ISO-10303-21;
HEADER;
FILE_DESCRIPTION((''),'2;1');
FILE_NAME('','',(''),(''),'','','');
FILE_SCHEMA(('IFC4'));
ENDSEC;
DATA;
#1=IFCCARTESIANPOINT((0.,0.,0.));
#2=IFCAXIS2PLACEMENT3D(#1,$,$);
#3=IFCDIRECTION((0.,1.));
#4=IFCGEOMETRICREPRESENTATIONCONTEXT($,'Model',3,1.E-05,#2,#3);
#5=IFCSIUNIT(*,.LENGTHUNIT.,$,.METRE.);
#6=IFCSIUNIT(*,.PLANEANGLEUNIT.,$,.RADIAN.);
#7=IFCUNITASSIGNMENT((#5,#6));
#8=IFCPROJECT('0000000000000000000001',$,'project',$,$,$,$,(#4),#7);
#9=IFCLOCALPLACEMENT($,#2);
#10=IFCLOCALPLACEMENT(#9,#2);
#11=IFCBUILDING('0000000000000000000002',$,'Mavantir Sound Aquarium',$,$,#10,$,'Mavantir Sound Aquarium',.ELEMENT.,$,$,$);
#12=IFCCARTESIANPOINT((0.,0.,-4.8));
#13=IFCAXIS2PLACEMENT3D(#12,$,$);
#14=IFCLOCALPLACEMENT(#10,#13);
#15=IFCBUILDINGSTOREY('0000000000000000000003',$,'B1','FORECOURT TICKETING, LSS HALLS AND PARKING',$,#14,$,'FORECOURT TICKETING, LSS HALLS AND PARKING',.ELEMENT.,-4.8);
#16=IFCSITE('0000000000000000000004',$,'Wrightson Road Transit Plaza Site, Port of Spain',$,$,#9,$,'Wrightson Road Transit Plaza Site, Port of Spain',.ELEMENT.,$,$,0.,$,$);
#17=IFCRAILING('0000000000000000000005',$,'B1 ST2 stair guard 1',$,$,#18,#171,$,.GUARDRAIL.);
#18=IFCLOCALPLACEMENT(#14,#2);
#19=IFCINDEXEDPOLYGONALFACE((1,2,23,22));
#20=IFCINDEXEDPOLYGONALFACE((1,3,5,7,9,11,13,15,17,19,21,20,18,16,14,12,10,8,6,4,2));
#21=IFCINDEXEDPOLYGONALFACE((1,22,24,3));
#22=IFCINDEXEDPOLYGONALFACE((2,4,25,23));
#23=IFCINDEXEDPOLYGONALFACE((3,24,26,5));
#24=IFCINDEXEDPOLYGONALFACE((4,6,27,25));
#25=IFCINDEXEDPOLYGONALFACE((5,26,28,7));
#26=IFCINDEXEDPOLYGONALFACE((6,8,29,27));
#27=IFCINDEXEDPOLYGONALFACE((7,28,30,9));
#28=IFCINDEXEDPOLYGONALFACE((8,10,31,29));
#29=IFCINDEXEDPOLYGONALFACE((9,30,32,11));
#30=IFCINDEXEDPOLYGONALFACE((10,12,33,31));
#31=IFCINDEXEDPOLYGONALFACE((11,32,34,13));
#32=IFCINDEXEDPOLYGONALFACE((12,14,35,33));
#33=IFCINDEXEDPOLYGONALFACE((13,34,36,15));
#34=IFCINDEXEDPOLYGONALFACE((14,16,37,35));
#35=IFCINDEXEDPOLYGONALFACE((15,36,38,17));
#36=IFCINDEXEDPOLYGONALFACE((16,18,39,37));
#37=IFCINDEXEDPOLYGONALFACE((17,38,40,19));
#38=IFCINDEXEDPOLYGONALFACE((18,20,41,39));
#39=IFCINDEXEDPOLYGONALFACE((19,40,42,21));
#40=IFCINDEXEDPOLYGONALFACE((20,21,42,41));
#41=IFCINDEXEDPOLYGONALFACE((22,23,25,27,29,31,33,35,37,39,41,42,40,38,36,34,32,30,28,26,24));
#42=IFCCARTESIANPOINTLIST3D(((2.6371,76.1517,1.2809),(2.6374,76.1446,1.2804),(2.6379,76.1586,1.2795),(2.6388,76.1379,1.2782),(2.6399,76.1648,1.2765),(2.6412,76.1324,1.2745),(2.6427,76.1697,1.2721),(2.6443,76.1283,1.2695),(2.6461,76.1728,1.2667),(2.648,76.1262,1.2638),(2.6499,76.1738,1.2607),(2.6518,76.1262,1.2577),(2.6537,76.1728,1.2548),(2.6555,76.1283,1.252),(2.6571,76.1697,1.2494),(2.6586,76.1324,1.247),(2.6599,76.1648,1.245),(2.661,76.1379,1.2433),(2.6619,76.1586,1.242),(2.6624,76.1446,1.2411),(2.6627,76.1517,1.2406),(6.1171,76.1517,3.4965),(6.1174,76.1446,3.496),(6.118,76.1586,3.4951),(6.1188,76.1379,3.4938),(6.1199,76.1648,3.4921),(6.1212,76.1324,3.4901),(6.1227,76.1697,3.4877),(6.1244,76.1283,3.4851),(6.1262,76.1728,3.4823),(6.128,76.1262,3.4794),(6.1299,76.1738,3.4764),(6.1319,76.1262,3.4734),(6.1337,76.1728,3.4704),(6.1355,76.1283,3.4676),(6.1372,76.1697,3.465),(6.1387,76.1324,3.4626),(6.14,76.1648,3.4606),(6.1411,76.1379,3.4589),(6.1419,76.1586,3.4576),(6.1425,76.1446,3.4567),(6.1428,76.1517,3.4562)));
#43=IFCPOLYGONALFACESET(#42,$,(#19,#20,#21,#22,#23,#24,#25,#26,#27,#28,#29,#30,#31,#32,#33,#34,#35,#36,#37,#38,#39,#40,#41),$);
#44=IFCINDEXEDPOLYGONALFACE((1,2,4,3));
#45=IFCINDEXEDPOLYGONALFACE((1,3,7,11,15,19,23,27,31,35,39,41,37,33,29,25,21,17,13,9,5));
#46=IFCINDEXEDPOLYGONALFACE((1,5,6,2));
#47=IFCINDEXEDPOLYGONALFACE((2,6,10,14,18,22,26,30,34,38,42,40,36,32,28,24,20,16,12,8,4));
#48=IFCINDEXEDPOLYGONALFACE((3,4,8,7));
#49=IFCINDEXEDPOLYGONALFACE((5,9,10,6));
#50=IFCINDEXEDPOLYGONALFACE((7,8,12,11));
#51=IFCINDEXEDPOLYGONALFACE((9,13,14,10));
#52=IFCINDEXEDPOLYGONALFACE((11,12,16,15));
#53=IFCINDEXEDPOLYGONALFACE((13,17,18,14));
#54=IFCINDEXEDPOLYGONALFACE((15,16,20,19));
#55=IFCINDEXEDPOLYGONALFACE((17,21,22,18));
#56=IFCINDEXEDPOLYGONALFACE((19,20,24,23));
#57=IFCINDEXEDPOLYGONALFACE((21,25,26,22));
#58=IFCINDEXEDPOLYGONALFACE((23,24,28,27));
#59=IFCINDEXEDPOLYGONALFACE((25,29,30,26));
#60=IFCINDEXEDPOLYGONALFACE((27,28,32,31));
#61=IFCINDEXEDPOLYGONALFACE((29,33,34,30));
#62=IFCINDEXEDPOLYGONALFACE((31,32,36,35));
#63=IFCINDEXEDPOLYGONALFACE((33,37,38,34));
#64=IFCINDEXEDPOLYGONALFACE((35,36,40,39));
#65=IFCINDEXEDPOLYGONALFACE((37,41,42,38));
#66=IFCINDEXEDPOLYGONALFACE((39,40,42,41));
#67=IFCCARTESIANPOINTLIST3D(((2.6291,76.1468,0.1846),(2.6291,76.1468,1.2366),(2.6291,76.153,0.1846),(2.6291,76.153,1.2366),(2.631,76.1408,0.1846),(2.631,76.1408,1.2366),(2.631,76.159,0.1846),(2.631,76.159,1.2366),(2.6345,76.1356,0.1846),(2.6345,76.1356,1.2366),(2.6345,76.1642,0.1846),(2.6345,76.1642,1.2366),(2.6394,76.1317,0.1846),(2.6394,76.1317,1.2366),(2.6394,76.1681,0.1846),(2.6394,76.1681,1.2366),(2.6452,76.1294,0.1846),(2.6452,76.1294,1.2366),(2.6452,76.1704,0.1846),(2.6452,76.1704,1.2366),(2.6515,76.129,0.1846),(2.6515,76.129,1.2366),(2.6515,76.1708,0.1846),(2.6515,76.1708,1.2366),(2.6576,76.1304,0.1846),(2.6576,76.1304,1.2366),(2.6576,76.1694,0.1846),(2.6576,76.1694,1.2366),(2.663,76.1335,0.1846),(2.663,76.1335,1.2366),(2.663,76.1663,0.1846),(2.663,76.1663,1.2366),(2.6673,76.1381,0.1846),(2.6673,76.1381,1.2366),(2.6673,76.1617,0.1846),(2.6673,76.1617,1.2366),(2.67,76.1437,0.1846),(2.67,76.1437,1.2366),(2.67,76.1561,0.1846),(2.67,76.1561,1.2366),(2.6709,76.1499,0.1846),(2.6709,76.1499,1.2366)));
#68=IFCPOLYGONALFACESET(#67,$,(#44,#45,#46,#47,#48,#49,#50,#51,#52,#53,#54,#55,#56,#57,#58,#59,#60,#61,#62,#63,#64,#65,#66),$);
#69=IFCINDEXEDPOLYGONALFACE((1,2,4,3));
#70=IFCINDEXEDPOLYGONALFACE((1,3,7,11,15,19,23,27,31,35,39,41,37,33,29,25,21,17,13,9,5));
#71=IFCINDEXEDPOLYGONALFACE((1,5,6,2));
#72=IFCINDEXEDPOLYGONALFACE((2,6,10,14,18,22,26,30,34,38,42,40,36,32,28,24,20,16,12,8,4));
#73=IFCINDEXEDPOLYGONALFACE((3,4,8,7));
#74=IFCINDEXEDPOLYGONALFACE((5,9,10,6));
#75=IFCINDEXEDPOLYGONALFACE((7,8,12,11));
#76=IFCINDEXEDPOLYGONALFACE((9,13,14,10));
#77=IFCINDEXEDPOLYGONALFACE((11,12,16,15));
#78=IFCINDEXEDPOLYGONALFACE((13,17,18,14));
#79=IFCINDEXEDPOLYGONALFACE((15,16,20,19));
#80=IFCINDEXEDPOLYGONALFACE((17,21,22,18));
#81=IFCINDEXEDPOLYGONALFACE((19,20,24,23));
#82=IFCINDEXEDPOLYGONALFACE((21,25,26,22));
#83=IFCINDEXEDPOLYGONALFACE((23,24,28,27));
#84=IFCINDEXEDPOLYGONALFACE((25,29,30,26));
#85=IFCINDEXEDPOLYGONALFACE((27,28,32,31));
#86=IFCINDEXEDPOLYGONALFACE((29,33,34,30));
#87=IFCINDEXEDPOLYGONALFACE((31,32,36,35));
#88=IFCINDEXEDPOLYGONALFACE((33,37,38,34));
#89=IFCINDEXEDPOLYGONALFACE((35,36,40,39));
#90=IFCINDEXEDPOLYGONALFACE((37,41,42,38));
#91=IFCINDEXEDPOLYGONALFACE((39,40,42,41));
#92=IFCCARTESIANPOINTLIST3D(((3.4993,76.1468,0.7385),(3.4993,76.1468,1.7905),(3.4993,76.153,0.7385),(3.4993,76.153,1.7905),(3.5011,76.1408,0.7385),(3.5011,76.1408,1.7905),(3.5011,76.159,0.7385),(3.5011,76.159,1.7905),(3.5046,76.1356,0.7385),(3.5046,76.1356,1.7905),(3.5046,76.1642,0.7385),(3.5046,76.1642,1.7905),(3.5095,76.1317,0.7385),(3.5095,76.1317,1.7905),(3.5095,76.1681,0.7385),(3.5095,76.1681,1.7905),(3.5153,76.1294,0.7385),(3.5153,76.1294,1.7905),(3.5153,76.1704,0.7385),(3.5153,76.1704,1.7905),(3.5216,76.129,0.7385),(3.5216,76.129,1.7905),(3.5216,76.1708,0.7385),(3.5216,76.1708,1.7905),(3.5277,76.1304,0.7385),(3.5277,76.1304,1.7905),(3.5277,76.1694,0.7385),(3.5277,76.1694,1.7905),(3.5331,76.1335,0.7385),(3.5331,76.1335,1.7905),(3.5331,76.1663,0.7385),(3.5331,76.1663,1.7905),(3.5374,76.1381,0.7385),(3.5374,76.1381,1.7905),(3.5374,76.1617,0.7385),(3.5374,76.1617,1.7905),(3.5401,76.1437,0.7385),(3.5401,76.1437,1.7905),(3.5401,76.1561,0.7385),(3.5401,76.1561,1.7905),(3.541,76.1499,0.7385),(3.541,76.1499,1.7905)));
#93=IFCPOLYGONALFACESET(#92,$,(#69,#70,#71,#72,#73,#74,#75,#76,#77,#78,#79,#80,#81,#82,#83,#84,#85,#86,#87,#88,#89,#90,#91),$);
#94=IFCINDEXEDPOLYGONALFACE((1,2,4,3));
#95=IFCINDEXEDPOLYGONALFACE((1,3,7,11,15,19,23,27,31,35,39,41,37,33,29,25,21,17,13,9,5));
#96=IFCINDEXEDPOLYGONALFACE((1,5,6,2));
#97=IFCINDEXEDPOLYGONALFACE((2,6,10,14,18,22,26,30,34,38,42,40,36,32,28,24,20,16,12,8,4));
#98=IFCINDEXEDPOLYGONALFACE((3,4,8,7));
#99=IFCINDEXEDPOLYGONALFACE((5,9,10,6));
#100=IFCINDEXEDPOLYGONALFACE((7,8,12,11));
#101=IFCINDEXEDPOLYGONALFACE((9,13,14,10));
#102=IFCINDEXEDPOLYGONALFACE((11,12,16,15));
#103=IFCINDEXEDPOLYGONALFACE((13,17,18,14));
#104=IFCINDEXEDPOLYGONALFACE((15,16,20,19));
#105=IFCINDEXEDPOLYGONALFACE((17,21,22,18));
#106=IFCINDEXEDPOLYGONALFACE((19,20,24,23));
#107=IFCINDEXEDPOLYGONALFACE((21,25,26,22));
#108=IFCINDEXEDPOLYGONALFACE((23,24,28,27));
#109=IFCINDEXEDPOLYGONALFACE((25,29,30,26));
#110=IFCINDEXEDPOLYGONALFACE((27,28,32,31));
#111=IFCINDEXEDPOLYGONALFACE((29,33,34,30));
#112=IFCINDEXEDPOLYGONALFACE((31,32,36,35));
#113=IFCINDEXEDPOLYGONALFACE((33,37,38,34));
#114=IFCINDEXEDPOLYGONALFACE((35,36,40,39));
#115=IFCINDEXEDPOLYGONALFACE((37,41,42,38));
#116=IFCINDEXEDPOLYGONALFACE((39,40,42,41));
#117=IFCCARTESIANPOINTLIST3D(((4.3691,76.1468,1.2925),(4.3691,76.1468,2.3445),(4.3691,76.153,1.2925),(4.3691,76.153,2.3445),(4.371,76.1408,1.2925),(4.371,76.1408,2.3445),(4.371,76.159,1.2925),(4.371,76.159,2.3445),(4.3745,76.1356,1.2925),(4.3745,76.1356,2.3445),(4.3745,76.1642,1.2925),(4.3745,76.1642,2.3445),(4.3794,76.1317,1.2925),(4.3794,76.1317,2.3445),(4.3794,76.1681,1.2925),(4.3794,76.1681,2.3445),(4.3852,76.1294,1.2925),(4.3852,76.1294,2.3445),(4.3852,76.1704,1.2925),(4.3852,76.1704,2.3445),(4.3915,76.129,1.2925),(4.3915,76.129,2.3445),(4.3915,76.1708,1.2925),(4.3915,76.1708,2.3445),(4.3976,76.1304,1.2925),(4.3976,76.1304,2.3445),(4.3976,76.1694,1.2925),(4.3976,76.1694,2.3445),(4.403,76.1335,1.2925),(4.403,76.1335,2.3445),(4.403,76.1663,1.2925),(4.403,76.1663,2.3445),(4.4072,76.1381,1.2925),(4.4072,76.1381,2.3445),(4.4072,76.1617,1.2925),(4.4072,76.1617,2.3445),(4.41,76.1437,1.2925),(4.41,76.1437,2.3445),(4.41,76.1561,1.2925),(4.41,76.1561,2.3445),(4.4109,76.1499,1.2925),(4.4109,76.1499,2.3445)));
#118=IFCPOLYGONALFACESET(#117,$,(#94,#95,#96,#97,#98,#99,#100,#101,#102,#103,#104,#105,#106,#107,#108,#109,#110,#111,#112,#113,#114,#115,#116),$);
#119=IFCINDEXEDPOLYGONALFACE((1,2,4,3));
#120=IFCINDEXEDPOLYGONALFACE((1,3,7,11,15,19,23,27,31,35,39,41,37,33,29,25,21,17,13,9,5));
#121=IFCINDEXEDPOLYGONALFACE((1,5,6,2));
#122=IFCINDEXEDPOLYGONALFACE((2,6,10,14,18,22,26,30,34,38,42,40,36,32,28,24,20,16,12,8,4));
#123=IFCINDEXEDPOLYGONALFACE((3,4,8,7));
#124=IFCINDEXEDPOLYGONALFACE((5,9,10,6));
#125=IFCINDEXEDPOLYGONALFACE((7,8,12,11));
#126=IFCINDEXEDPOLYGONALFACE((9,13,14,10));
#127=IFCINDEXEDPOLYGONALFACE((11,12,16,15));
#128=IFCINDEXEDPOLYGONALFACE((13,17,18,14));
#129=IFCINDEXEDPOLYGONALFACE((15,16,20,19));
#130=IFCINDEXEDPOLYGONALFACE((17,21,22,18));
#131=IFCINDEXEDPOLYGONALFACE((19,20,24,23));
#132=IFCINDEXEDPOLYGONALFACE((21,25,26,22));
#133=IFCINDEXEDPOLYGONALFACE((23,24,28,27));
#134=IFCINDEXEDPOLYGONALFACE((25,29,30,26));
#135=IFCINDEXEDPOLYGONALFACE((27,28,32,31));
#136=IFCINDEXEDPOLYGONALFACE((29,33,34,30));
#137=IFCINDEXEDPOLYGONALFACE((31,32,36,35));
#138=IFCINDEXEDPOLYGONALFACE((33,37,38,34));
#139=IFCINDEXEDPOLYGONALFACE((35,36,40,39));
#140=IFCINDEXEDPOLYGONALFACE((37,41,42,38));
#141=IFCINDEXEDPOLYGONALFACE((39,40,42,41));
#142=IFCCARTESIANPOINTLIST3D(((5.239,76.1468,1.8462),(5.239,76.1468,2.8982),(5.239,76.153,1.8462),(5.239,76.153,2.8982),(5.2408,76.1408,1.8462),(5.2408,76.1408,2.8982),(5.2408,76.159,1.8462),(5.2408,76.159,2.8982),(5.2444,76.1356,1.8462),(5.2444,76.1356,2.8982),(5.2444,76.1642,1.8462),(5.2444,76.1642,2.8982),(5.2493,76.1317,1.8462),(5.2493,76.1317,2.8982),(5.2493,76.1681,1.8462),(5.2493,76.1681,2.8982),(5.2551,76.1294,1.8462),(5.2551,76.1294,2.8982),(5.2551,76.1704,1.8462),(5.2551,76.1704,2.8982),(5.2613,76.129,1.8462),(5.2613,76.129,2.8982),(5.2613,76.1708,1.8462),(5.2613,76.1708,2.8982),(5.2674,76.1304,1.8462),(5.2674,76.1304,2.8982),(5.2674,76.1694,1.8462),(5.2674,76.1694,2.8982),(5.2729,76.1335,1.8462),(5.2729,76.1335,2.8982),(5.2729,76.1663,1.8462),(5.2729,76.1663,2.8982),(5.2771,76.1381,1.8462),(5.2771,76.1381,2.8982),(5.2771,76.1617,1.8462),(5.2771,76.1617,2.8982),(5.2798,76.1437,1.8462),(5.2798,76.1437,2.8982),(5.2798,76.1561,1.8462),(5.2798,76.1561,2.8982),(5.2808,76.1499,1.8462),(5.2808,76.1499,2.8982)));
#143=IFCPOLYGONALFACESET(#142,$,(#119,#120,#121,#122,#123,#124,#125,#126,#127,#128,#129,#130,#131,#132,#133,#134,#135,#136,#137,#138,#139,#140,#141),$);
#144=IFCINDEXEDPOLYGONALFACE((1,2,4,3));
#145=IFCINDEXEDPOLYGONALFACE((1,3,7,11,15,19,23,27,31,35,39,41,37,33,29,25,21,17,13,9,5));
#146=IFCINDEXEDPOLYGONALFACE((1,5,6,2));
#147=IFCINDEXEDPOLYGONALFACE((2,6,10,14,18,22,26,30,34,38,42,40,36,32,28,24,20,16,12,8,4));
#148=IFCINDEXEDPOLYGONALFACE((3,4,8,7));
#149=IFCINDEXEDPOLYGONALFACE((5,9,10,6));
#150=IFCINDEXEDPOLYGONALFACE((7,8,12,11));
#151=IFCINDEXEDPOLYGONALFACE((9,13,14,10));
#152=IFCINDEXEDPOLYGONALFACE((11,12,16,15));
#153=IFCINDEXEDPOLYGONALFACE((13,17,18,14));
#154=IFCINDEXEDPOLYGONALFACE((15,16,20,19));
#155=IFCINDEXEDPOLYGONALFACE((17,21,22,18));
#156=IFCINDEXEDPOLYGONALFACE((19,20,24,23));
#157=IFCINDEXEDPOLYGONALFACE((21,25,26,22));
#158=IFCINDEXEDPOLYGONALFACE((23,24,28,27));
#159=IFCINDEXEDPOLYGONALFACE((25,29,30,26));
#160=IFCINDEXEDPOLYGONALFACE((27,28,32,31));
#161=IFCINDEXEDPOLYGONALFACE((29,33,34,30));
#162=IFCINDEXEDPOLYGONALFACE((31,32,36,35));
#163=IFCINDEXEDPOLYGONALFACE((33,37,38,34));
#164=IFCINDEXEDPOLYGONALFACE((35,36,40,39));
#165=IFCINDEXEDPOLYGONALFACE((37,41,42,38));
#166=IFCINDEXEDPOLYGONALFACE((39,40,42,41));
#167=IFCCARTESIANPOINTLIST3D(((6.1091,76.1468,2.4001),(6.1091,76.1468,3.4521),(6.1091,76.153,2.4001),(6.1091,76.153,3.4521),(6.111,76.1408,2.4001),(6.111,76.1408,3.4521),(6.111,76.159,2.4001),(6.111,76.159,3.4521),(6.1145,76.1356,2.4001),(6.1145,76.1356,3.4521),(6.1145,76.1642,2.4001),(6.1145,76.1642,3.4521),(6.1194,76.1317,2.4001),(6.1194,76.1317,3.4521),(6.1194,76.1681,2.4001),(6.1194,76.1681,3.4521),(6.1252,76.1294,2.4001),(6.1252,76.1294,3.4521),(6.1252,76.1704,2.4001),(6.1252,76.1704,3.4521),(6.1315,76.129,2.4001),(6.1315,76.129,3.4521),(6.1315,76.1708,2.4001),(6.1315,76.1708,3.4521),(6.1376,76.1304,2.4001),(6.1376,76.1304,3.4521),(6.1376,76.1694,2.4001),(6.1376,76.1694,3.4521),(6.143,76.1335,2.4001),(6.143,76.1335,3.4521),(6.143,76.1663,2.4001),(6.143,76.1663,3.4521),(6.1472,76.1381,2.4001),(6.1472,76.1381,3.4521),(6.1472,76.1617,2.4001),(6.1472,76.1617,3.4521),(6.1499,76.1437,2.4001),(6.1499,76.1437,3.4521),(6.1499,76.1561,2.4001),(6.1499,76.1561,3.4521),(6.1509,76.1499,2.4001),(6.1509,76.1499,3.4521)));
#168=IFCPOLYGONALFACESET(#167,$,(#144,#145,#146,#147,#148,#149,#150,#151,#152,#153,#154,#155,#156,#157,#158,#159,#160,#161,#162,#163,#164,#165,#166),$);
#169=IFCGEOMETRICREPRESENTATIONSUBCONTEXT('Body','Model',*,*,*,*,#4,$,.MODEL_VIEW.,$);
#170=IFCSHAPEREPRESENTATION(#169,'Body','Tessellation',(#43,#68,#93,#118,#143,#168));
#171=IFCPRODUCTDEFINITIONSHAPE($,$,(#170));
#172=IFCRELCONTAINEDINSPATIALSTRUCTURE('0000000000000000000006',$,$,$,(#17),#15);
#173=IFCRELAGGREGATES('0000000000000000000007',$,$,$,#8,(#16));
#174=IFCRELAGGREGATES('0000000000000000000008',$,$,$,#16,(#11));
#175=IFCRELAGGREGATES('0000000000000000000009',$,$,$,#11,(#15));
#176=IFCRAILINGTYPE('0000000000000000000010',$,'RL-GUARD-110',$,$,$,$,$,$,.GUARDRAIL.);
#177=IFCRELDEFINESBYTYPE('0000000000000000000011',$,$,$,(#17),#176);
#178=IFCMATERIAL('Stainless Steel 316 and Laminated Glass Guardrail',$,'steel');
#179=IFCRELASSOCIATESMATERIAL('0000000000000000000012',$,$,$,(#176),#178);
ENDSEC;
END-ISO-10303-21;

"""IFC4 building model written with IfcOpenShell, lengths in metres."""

from ifc_helpers import new_model, si_unit, direction, frame, origin, origin_2d, place, context, subcontext, project, spatial, circle, extrude, material, type_object, element, save


model = new_model("IFC4")

# Units and contexts
model_context = context("Model", 3, precision=1e-05, world=origin(), true_north=direction((0.0, 1.0)))
body_context = subcontext(model_context, "Body", "Model", "MODEL_VIEW")
ifc_project = project(units=[si_unit("LENGTHUNIT", "METRE"), si_unit("PLANEANGLEUNIT", "RADIAN")], contexts=[model_context])

# Site, building, storey
site_placement = place(None, origin())
site = spatial("IfcSite", under=ifc_project, at=site_placement, Name="Wrightson Road Transit Plaza Site, Port of Spain", LongName="Wrightson Road Transit Plaza Site, Port of Spain", CompositionType="ELEMENT", RefElevation=0.0)
building_placement = place(site_placement, origin())
building = spatial("IfcBuilding", under=site, at=building_placement, Name="Mavantir Sound Aquarium", LongName="Mavantir Sound Aquarium", CompositionType="ELEMENT")
storey_placement = place(building_placement, frame((0.0, 0.0, -4.8)))
storey = spatial("IfcBuildingStorey", under=building, at=storey_placement, Name="B1", Description="FORECOURT TICKETING, LSS HALLS AND PARKING", LongName="FORECOURT TICKETING, LSS HALLS AND PARKING", CompositionType="ELEMENT", Elevation=-4.8)

# Railing
ifc_material_1 = material(Name="Stainless Steel 316 and Laminated Glass Guardrail", Category="steel")
railing_type_1 = type_object("IfcRailingType", Name="RL-GUARD-110", PredefinedType="GUARDRAIL", material=ifc_material_1)
railing_1_placement = place(storey_placement, frame((2.6499, 76.1499, 0.1846)))
element("IfcRailing", 1, at=railing_1_placement, inside=storey, type_object=railing_type_1, Name="B1 ST2 stair guard 1", PredefinedType="GUARDRAIL", context=body_context, shape_type="SweptSolid", body=[
    extrude(circle(Radius=0.0239, at=origin_2d()), frame((0.0, 0.0, 1.0762), z_axis=(0.843547, 0.0, 0.537055), x_axis=(0.0, 1.0, 0.0)), (0.0, 0.0, 1.0), 4.1255),
    extrude(circle(Radius=0.021, at=origin_2d()), origin(), (0.0, 0.0, 1.0), 1.052),
    extrude(circle(Radius=0.021, at=origin_2d()), frame((0.8701, 0.0, 0.554)), (0.0, 0.0, 1.0), 1.052),
    extrude(circle(Radius=0.021, at=origin_2d()), frame((1.74, 0.0, 1.1079)), (0.0, 0.0, 1.0), 1.052),
    extrude(circle(Radius=0.021, at=origin_2d()), frame((2.6099, 0.0, 1.6616)), (0.0, 0.0, 1.0), 1.052),
    extrude(circle(Radius=0.021, at=origin_2d()), frame((3.48, 0.0, 2.2156)), (0.0, 0.0, 1.0), 1.052),
])

save(model, "model.ifc")
